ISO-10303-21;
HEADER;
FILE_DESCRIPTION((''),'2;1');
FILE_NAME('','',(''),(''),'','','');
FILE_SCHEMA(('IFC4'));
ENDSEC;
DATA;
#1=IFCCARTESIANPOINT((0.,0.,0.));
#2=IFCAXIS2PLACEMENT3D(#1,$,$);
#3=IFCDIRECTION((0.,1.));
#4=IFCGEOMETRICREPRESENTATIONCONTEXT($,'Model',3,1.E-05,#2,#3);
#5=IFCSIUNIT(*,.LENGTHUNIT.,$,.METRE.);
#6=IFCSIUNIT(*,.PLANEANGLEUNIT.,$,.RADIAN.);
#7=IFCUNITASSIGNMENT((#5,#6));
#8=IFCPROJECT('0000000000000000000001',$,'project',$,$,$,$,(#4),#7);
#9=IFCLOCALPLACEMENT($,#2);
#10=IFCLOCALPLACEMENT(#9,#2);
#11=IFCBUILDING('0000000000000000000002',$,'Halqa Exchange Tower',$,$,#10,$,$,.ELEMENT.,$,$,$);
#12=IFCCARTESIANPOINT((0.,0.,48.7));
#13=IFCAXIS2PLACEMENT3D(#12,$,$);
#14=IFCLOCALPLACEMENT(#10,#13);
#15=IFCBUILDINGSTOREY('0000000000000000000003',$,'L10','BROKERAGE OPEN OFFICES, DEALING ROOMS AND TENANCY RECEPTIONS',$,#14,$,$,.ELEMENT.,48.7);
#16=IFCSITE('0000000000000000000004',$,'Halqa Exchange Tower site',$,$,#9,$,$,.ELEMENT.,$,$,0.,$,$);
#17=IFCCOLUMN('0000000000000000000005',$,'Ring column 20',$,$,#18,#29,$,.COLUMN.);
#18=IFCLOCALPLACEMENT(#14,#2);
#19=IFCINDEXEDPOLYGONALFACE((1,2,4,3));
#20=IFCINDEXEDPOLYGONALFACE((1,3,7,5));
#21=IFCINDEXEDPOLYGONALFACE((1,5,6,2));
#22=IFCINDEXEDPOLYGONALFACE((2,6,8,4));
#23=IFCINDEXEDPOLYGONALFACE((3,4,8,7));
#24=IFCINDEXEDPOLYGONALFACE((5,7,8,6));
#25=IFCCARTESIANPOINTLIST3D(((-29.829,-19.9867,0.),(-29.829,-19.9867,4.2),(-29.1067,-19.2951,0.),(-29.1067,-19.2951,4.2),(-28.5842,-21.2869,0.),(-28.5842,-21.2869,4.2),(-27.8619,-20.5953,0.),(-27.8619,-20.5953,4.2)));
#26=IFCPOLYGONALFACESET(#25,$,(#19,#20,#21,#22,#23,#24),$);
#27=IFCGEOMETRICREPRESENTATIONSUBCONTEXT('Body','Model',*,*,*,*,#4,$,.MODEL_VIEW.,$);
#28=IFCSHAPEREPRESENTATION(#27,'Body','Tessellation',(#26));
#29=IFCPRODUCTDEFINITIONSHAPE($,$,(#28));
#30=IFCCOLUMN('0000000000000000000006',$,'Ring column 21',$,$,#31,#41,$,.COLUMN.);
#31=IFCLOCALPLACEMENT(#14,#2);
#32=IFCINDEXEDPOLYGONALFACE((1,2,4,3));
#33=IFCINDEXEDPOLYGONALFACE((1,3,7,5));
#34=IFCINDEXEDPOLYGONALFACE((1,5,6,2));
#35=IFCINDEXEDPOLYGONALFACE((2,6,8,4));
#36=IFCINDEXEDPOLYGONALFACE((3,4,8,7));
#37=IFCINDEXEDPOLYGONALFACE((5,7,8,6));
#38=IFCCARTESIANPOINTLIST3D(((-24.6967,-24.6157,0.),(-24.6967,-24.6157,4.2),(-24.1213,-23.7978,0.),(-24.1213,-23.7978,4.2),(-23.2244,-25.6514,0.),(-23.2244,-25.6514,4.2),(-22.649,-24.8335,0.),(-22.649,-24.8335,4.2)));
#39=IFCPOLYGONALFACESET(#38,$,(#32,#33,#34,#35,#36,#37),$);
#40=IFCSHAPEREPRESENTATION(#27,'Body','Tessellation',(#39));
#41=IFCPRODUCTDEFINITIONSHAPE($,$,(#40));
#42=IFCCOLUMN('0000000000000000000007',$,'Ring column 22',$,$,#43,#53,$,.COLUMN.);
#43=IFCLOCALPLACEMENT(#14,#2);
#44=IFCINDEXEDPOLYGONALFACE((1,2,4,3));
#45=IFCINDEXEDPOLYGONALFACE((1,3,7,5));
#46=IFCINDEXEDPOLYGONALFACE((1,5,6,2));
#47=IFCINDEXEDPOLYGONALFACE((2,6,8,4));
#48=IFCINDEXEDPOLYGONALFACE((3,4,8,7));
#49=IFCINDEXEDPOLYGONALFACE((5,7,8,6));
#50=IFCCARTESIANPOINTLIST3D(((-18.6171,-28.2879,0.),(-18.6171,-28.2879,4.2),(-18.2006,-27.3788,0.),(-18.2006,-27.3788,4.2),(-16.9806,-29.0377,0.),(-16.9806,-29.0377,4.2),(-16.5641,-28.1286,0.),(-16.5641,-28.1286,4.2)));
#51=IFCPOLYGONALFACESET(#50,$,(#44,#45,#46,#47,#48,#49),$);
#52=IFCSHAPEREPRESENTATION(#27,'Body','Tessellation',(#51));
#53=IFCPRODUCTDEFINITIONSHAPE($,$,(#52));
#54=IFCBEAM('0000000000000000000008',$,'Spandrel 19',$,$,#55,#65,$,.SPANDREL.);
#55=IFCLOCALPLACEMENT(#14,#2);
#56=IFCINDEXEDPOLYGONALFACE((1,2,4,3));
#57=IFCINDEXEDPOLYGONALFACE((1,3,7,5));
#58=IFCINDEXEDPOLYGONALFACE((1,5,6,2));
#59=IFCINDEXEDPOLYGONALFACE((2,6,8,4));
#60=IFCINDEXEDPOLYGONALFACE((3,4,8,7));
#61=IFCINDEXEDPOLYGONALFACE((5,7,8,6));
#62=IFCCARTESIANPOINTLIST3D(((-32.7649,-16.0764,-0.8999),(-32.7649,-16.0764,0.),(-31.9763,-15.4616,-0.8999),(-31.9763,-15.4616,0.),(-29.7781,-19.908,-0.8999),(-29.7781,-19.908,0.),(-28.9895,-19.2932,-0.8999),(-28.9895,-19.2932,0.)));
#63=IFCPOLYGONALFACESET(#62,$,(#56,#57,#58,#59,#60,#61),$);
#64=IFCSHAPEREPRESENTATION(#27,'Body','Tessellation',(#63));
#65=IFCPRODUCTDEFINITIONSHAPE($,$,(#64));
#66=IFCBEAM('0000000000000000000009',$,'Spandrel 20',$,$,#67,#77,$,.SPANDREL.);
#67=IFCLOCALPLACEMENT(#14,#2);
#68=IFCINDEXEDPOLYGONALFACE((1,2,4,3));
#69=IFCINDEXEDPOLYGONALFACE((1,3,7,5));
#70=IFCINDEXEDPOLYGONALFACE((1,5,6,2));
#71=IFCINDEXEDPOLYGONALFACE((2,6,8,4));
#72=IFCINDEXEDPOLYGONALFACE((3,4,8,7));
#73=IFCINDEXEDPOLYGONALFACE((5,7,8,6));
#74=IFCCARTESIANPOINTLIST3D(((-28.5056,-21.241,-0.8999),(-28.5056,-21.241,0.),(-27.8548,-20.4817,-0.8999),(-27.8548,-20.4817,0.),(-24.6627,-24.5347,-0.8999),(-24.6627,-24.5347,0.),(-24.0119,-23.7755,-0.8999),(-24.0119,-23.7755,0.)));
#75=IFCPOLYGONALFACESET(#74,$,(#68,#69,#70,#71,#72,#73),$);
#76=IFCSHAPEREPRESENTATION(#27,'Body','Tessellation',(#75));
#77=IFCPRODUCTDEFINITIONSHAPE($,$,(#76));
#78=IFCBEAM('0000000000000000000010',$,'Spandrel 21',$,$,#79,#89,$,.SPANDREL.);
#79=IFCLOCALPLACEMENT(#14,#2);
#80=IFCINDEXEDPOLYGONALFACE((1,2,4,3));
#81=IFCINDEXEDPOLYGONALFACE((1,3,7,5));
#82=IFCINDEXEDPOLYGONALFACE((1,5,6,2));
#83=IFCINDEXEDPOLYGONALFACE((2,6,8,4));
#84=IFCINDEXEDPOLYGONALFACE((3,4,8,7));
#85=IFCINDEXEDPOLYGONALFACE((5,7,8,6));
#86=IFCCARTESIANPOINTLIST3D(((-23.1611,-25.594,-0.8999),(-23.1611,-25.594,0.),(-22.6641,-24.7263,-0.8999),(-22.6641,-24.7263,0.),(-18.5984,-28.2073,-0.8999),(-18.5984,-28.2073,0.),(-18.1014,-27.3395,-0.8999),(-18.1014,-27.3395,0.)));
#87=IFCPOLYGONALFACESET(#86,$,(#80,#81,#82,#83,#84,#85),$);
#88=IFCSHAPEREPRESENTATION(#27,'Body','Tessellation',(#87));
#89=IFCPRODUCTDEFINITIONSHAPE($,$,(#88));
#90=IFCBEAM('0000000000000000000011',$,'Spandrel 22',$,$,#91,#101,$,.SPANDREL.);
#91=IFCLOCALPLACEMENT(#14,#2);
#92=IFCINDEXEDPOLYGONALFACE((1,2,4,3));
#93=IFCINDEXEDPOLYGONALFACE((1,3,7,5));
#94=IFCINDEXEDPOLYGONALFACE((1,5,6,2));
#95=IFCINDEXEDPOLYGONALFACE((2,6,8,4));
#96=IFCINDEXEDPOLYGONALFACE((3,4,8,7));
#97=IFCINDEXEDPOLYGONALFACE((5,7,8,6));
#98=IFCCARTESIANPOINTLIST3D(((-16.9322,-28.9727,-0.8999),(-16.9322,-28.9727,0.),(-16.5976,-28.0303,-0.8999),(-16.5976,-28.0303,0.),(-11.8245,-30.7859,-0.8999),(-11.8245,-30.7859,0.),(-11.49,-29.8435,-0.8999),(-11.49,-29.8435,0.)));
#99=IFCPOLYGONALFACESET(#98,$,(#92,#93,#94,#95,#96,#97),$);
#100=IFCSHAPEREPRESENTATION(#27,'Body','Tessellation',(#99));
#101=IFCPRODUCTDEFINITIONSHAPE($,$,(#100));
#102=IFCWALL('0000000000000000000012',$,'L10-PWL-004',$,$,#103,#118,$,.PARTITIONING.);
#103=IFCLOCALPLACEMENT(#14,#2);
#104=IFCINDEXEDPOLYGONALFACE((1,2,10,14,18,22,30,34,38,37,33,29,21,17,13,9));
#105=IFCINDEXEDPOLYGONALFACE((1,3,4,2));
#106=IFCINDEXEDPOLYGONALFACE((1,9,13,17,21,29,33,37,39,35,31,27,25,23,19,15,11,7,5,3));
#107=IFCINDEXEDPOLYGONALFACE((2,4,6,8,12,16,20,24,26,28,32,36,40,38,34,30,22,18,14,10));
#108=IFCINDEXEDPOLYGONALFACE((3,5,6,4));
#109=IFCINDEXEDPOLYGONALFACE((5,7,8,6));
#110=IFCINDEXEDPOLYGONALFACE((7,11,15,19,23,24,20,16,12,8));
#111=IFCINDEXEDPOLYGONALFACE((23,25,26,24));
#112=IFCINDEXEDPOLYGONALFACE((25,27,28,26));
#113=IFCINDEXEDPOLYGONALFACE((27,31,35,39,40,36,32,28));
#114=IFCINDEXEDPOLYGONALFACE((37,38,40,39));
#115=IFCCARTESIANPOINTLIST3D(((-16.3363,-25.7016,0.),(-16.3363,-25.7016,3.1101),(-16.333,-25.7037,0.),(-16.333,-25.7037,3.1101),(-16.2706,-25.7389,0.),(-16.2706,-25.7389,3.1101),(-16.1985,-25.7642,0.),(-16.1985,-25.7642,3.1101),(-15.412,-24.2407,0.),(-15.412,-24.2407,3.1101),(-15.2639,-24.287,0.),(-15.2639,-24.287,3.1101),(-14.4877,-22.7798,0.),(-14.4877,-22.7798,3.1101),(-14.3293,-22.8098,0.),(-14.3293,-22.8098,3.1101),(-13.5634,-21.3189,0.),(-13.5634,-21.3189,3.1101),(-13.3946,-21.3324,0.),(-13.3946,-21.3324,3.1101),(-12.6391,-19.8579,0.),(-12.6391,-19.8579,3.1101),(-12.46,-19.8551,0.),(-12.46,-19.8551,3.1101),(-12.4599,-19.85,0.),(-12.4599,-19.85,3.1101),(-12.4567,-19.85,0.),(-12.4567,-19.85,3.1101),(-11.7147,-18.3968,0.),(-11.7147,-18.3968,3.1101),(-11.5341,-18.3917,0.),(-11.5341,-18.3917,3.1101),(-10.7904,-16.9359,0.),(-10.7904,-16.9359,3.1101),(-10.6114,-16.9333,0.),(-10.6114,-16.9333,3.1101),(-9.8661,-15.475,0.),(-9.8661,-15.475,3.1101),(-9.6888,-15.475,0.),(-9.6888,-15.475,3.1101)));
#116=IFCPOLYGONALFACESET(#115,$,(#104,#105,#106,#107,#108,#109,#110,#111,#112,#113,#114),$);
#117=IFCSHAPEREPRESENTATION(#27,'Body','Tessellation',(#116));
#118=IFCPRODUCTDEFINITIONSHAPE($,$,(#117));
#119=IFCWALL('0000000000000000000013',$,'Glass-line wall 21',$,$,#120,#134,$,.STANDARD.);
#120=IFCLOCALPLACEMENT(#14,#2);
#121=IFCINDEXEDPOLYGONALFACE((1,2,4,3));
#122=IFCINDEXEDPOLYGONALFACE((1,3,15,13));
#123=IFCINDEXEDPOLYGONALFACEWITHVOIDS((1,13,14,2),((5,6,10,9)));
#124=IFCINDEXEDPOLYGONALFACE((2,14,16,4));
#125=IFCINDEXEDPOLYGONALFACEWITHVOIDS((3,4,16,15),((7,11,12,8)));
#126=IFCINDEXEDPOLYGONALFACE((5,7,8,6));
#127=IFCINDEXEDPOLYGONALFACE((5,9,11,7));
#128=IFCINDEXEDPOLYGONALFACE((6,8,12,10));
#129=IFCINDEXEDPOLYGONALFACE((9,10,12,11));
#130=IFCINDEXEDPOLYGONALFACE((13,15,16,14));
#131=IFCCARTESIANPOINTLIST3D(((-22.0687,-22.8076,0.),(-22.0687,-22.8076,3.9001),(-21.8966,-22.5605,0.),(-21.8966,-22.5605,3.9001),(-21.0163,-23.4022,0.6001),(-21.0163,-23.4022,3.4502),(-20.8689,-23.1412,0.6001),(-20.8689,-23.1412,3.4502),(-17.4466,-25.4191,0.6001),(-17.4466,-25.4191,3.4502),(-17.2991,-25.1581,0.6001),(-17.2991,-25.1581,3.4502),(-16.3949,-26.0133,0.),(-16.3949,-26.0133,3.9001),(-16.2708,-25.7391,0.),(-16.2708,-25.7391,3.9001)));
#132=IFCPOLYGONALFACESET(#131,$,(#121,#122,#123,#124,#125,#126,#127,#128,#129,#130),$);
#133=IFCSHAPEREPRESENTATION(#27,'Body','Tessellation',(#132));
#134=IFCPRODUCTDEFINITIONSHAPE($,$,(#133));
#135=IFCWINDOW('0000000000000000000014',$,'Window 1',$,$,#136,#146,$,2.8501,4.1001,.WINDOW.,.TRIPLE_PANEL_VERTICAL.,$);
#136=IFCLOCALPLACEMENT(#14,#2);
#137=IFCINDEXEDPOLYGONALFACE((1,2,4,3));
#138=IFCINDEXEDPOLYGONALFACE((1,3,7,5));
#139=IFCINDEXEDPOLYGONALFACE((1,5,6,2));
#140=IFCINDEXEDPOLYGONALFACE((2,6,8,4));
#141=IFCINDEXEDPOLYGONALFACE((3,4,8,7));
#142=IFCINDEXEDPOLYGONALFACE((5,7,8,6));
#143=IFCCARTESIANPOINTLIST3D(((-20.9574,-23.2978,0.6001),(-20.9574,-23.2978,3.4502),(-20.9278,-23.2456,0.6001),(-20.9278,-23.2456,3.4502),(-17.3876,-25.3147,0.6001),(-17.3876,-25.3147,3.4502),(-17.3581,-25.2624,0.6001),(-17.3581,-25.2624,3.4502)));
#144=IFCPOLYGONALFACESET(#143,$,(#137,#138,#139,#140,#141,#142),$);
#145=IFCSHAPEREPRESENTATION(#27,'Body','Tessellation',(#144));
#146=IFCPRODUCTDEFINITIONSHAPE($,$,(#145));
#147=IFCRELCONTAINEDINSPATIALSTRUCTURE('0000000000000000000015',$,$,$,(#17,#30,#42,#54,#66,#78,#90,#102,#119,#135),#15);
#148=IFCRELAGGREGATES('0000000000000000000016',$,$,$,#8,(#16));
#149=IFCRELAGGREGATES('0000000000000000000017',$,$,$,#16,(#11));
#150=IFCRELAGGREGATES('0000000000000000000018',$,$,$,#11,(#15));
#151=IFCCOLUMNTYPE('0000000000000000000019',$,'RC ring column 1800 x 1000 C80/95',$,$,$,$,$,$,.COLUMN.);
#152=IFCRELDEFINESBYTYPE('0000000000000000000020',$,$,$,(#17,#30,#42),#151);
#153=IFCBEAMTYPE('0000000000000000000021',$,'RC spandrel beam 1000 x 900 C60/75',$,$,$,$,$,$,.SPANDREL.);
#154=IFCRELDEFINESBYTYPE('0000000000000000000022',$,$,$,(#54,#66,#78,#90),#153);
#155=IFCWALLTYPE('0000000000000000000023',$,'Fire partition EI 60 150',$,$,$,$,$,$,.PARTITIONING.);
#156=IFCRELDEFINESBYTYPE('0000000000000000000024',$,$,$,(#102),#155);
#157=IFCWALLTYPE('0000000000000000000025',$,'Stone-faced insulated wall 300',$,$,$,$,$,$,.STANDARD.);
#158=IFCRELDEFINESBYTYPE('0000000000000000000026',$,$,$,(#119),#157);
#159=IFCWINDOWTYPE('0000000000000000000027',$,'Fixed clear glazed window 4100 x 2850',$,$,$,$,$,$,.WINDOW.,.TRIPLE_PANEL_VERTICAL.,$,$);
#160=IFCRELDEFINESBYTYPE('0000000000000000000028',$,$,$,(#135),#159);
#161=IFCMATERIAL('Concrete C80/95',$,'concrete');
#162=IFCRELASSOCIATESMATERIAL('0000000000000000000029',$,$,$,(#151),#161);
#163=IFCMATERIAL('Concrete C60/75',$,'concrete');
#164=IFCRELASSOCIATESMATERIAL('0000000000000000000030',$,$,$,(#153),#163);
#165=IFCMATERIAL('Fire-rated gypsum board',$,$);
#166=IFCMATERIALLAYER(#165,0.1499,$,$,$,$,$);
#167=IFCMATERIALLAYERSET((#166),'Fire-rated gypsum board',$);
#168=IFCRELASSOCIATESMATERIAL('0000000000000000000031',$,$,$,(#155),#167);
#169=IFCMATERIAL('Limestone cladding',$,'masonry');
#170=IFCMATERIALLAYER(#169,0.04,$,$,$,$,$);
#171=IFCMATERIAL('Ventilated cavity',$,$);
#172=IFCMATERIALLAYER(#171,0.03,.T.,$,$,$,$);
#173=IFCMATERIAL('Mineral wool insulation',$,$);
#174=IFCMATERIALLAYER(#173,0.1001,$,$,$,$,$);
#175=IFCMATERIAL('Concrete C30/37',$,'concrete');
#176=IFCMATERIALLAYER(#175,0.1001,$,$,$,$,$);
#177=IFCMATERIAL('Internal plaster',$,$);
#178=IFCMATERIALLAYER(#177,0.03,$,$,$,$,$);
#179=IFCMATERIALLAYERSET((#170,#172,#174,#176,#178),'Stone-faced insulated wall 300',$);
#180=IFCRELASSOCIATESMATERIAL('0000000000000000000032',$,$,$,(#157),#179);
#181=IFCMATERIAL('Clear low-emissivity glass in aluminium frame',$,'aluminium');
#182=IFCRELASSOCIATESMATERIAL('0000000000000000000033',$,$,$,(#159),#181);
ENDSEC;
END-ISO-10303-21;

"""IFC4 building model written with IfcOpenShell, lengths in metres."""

from ifc_helpers import new_model, si_unit, direction, frame, frame_2d, origin, origin_2d, place, context, subcontext, project, spatial, polyline, rectangle, outline, extrude, material, layer, layer_set, material_profile, profile_set, type_object, element, fill, save


model = new_model("IFC4")

# Units and contexts
model_context = context("Model", 3, precision=1e-05, world=origin(), true_north=direction((0.0, 1.0)))
body_context = subcontext(model_context, "Body", "Model", "MODEL_VIEW")
ifc_project = project(units=[si_unit("LENGTHUNIT", "METRE"), si_unit("PLANEANGLEUNIT", "RADIAN")], contexts=[model_context])

# Site, building, storey
site_placement = place(None, origin())
site = spatial("IfcSite", under=ifc_project, at=site_placement, Name="Halqa Exchange Tower site", CompositionType="ELEMENT", RefElevation=0.0)
building_placement = place(site_placement, origin())
building = spatial("IfcBuilding", under=site, at=building_placement, Name="Halqa Exchange Tower", CompositionType="ELEMENT")
storey_placement = place(building_placement, frame((0.0, 0.0, 48.7)))
storey = spatial("IfcBuildingStorey", under=building, at=storey_placement, Name="L10", Description="BROKERAGE OPEN OFFICES, DEALING ROOMS AND TENANCY RECEPTIONS", CompositionType="ELEMENT", Elevation=48.7)

# Columns
ifc_material_1 = material(Name="Concrete C80/95", Category="concrete")
ifc_material_profile_1 = material_profile(ifc_material_1, rectangle(XDim=1.8, YDim=1.0, at=origin_2d()), Name="1800 x 1000")
ifc_profile_set_1 = profile_set([ifc_material_profile_1], Name="Concrete C80/95")
column_type = type_object("IfcColumnType", Name="RC ring column 1800 x 1000 C80/95", PredefinedType="COLUMN", material=ifc_profile_set_1)
for number, where, z_axis, x_axis, name in (
    (1, (-28.8455, -20.291, 0.0), (0.0, 0.0, 1.0), (0.691576, -0.722304, 0.0), "Ring column 20"),
    (2, (-23.6729, -24.7246, 0.0), (0.0, 0.0, 1.0), (0.817909, -0.575348, 0.0), "Ring column 21"),
    (3, (-17.5906, -28.2083, 0.0), (0.0, 0.0, 1.0), (0.909127, -0.416519, 0.0), "Ring column 22"),
):
    element("IfcColumn", number, at=place(storey_placement, frame(where, z_axis=z_axis, x_axis=x_axis)), inside=storey, type_object=column_type, Name=name, PredefinedType="COLUMN", context=body_context, shape_type="SweptSolid", body=[
        extrude(rectangle(XDim=1.8, YDim=1.0, at=origin_2d()), origin(), (0.0, 0.0, 1.0), 4.2),
    ])

# Beams
ifc_material_2 = material(Name="Concrete C60/75", Category="concrete")
ifc_material_profile_2 = material_profile(ifc_material_2, rectangle(XDim=1.0, YDim=0.8999, at=origin_2d()), Name="1000 x 900")
ifc_profile_set_2 = profile_set([ifc_material_profile_2], Name="Concrete C60/75")
beam_type = type_object("IfcBeamType", Name="RC spandrel beam 1000 x 900 C60/75", PredefinedType="SPANDREL", material=ifc_profile_set_2)
beam_1_placement = place(storey_placement, frame((-32.3706, -15.769, -0.45), z_axis=(0.614803, -0.788681, 0.0), x_axis=(0.788681, 0.614803, 0.0)))
element("IfcBeam", 4, at=beam_1_placement, inside=storey, type_object=beam_type, Name="Spandrel 19", PredefinedType="SPANDREL", context=body_context, shape_type="SweptSolid", body=[
    extrude(rectangle(XDim=1.0, YDim=0.8999, at=origin_2d()), origin(), (0.0, 0.0, 1.0), 4.8582),
])
beam_2_placement = place(storey_placement, frame((-28.1802, -20.8613, -0.45), z_axis=(0.759267, -0.650779, 0.0), x_axis=(0.650779, 0.759267, 0.0)))
element("IfcBeam", 5, at=beam_2_placement, inside=storey, type_object=beam_type, Name="Spandrel 20", PredefinedType="SPANDREL", context=body_context, shape_type="SweptSolid", body=[
    extrude(rectangle(XDim=1.0, YDim=0.8999, at=origin_2d()), origin(), (0.0, 0.0, 1.0), 5.0613),
])
beam_3_placement = place(storey_placement, frame((-22.9126, -25.1602, -0.45), z_axis=(0.867751, -0.496999, 0.0), x_axis=(0.496999, 0.867751, 0.0)))
element("IfcBeam", 6, at=beam_3_placement, inside=storey, type_object=beam_type, Name="Spandrel 21", PredefinedType="SPANDREL", context=body_context, shape_type="SweptSolid", body=[
    extrude(rectangle(XDim=1.0, YDim=0.8999, at=origin_2d()), origin(), (0.0, 0.0, 1.0), 5.2581),
])
beam_4_placement = place(storey_placement, frame((-16.7649, -28.5015, -0.45), z_axis=(0.942379, -0.334547, 0.0), x_axis=(0.334547, 0.942379, 0.0)))
element("IfcBeam", 7, at=beam_4_placement, inside=storey, type_object=beam_type, Name="Spandrel 22", PredefinedType="SPANDREL", context=body_context, shape_type="SweptSolid", body=[
    extrude(rectangle(XDim=1.0, YDim=0.8999, at=origin_2d()), origin(), (0.0, 0.0, 1.0), 5.4199),
])

# Wall
ifc_material_3 = material(Name="Fire-rated gypsum board")
ifc_layer_1 = layer(ifc_material_3, 0.1499)
ifc_layer_set_1 = layer_set([ifc_layer_1], Name="Fire-rated gypsum board")
wall_type_1 = type_object("IfcWallType", Name="Fire partition EI 60 150", PredefinedType="PARTITIONING", material=ifc_layer_set_1)
wall_1_placement = place(storey_placement, frame((-16.2729, -25.7417, 0.0), z_axis=(0.0, 0.0, 1.0), x_axis=(0.534655, 0.845071, 0.0)))
element("IfcWall", 8, at=wall_1_placement, inside=storey, type_object=wall_type_1, Name="L10-PWL-004", PredefinedType="PARTITIONING", context=body_context, shape_type="SweptSolid", body=[
    extrude(outline(polyline([(0.0208, -0.075), (1.7688, -0.075), (3.5168, -0.075), (5.2651, -0.075), (7.0132, -0.075), (7.0176, -0.0723), (7.0193, -0.075), (8.7449, -0.075), (10.4707, -0.075), (12.1963, -0.075), (12.1963, -0.075), (12.1016, 0.075), (10.3728, 0.075), (8.644, 0.075), (6.915, 0.075), (5.1863, 0.075), (3.4575, 0.075), (1.7288, 0.075), (0.0, 0.075), (0.0, 0.071), (0.0037, -0.0005), (0.0208, -0.075)])), origin(), (0.0, 0.0, 1.0), 3.1101),
])

# Shared definitions
ifc_material_4 = material(Name="Limestone cladding", Category="masonry")
ifc_layer_2 = layer(ifc_material_4, 0.04)
ifc_material_5 = material(Name="Ventilated cavity")
ifc_layer_3 = layer(ifc_material_5, 0.03, ventilated=True)
ifc_material_6 = material(Name="Mineral wool insulation")
ifc_layer_4 = layer(ifc_material_6, 0.1001)
ifc_material_7 = material(Name="Concrete C30/37", Category="concrete")
ifc_layer_5 = layer(ifc_material_7, 0.1001)
ifc_material_8 = material(Name="Internal plaster")
ifc_layer_6 = layer(ifc_material_8, 0.03)
ifc_layer_set_2 = layer_set([ifc_layer_2, ifc_layer_3, ifc_layer_4, ifc_layer_5, ifc_layer_6], Name="Stone-faced insulated wall 300")
wall_type_2 = type_object("IfcWallType", Name="Stone-faced insulated wall 300", PredefinedType="STANDARD", material=ifc_layer_set_2)
ifc_material_9 = material(Name="Clear low-emissivity glass in aluminium frame", Category="aluminium")

# Wall, opening, window
wall_2_placement = place(storey_placement, frame((-21.9827, -22.6841, 0.0), z_axis=(0.0, 0.0, 1.0), x_axis=(0.870648, -0.491907, 0.0)))
wall_2 = element("IfcWall", 9, at=wall_2_placement, inside=storey, type_object=wall_type_2, Name="Glass-line wall 21", PredefinedType="STANDARD", context=body_context, shape_type="SweptSolid", body=[
    extrude(outline(polyline([(-0.0142, -0.1499), (6.5027, -0.1499), (6.4758, 0.1499), (0.0142, 0.1499), (-0.0142, -0.1499)])), origin(), (0.0, 0.0, 1.0), 3.9001),
])
opening_1_placement = place(wall_2_placement, frame((1.1946, 0.0, 0.6001)))
opening_1 = element("IfcOpeningElement", 10, at=opening_1_placement, cuts=wall_2, PredefinedType="OPENING", context=body_context, shape_type="SweptSolid", body=[
    extrude(rectangle(XDim=4.1001, YDim=2.8501, at=frame_2d((2.05, 1.425))), frame((0.0, 0.1621, 0.0), z_axis=(0.0, -1.0, 0.0), x_axis=(1.0, 0.0, 0.0)), (0.0, 0.0, 1.0), 0.324),
])
window_type = type_object("IfcWindowType", Name="Fixed clear glazed window 4100 x 2850", PartitioningType="TRIPLE_PANEL_VERTICAL", PredefinedType="WINDOW", material=ifc_material_9)
window_1_placement = place(opening_1_placement, origin())
window_1 = element("IfcWindow", 11, at=window_1_placement, inside=storey, type_object=window_type, Name="Window 1", OverallHeight=2.8501, OverallWidth=4.1001, PartitioningType="TRIPLE_PANEL_VERTICAL", PredefinedType="WINDOW", context=body_context, shape_type="SweptSolid", body=[
    extrude(rectangle(XDim=4.1001, YDim=2.8501, at=frame_2d((2.05, 1.425))), frame((0.0, 0.03, 0.0), z_axis=(0.0, -1.0, 0.0), x_axis=(1.0, 0.0, 0.0)), (0.0, 0.0, 1.0), 0.0601),
])
fill(opening_1, window_1)

save(model, "model.ifc")
